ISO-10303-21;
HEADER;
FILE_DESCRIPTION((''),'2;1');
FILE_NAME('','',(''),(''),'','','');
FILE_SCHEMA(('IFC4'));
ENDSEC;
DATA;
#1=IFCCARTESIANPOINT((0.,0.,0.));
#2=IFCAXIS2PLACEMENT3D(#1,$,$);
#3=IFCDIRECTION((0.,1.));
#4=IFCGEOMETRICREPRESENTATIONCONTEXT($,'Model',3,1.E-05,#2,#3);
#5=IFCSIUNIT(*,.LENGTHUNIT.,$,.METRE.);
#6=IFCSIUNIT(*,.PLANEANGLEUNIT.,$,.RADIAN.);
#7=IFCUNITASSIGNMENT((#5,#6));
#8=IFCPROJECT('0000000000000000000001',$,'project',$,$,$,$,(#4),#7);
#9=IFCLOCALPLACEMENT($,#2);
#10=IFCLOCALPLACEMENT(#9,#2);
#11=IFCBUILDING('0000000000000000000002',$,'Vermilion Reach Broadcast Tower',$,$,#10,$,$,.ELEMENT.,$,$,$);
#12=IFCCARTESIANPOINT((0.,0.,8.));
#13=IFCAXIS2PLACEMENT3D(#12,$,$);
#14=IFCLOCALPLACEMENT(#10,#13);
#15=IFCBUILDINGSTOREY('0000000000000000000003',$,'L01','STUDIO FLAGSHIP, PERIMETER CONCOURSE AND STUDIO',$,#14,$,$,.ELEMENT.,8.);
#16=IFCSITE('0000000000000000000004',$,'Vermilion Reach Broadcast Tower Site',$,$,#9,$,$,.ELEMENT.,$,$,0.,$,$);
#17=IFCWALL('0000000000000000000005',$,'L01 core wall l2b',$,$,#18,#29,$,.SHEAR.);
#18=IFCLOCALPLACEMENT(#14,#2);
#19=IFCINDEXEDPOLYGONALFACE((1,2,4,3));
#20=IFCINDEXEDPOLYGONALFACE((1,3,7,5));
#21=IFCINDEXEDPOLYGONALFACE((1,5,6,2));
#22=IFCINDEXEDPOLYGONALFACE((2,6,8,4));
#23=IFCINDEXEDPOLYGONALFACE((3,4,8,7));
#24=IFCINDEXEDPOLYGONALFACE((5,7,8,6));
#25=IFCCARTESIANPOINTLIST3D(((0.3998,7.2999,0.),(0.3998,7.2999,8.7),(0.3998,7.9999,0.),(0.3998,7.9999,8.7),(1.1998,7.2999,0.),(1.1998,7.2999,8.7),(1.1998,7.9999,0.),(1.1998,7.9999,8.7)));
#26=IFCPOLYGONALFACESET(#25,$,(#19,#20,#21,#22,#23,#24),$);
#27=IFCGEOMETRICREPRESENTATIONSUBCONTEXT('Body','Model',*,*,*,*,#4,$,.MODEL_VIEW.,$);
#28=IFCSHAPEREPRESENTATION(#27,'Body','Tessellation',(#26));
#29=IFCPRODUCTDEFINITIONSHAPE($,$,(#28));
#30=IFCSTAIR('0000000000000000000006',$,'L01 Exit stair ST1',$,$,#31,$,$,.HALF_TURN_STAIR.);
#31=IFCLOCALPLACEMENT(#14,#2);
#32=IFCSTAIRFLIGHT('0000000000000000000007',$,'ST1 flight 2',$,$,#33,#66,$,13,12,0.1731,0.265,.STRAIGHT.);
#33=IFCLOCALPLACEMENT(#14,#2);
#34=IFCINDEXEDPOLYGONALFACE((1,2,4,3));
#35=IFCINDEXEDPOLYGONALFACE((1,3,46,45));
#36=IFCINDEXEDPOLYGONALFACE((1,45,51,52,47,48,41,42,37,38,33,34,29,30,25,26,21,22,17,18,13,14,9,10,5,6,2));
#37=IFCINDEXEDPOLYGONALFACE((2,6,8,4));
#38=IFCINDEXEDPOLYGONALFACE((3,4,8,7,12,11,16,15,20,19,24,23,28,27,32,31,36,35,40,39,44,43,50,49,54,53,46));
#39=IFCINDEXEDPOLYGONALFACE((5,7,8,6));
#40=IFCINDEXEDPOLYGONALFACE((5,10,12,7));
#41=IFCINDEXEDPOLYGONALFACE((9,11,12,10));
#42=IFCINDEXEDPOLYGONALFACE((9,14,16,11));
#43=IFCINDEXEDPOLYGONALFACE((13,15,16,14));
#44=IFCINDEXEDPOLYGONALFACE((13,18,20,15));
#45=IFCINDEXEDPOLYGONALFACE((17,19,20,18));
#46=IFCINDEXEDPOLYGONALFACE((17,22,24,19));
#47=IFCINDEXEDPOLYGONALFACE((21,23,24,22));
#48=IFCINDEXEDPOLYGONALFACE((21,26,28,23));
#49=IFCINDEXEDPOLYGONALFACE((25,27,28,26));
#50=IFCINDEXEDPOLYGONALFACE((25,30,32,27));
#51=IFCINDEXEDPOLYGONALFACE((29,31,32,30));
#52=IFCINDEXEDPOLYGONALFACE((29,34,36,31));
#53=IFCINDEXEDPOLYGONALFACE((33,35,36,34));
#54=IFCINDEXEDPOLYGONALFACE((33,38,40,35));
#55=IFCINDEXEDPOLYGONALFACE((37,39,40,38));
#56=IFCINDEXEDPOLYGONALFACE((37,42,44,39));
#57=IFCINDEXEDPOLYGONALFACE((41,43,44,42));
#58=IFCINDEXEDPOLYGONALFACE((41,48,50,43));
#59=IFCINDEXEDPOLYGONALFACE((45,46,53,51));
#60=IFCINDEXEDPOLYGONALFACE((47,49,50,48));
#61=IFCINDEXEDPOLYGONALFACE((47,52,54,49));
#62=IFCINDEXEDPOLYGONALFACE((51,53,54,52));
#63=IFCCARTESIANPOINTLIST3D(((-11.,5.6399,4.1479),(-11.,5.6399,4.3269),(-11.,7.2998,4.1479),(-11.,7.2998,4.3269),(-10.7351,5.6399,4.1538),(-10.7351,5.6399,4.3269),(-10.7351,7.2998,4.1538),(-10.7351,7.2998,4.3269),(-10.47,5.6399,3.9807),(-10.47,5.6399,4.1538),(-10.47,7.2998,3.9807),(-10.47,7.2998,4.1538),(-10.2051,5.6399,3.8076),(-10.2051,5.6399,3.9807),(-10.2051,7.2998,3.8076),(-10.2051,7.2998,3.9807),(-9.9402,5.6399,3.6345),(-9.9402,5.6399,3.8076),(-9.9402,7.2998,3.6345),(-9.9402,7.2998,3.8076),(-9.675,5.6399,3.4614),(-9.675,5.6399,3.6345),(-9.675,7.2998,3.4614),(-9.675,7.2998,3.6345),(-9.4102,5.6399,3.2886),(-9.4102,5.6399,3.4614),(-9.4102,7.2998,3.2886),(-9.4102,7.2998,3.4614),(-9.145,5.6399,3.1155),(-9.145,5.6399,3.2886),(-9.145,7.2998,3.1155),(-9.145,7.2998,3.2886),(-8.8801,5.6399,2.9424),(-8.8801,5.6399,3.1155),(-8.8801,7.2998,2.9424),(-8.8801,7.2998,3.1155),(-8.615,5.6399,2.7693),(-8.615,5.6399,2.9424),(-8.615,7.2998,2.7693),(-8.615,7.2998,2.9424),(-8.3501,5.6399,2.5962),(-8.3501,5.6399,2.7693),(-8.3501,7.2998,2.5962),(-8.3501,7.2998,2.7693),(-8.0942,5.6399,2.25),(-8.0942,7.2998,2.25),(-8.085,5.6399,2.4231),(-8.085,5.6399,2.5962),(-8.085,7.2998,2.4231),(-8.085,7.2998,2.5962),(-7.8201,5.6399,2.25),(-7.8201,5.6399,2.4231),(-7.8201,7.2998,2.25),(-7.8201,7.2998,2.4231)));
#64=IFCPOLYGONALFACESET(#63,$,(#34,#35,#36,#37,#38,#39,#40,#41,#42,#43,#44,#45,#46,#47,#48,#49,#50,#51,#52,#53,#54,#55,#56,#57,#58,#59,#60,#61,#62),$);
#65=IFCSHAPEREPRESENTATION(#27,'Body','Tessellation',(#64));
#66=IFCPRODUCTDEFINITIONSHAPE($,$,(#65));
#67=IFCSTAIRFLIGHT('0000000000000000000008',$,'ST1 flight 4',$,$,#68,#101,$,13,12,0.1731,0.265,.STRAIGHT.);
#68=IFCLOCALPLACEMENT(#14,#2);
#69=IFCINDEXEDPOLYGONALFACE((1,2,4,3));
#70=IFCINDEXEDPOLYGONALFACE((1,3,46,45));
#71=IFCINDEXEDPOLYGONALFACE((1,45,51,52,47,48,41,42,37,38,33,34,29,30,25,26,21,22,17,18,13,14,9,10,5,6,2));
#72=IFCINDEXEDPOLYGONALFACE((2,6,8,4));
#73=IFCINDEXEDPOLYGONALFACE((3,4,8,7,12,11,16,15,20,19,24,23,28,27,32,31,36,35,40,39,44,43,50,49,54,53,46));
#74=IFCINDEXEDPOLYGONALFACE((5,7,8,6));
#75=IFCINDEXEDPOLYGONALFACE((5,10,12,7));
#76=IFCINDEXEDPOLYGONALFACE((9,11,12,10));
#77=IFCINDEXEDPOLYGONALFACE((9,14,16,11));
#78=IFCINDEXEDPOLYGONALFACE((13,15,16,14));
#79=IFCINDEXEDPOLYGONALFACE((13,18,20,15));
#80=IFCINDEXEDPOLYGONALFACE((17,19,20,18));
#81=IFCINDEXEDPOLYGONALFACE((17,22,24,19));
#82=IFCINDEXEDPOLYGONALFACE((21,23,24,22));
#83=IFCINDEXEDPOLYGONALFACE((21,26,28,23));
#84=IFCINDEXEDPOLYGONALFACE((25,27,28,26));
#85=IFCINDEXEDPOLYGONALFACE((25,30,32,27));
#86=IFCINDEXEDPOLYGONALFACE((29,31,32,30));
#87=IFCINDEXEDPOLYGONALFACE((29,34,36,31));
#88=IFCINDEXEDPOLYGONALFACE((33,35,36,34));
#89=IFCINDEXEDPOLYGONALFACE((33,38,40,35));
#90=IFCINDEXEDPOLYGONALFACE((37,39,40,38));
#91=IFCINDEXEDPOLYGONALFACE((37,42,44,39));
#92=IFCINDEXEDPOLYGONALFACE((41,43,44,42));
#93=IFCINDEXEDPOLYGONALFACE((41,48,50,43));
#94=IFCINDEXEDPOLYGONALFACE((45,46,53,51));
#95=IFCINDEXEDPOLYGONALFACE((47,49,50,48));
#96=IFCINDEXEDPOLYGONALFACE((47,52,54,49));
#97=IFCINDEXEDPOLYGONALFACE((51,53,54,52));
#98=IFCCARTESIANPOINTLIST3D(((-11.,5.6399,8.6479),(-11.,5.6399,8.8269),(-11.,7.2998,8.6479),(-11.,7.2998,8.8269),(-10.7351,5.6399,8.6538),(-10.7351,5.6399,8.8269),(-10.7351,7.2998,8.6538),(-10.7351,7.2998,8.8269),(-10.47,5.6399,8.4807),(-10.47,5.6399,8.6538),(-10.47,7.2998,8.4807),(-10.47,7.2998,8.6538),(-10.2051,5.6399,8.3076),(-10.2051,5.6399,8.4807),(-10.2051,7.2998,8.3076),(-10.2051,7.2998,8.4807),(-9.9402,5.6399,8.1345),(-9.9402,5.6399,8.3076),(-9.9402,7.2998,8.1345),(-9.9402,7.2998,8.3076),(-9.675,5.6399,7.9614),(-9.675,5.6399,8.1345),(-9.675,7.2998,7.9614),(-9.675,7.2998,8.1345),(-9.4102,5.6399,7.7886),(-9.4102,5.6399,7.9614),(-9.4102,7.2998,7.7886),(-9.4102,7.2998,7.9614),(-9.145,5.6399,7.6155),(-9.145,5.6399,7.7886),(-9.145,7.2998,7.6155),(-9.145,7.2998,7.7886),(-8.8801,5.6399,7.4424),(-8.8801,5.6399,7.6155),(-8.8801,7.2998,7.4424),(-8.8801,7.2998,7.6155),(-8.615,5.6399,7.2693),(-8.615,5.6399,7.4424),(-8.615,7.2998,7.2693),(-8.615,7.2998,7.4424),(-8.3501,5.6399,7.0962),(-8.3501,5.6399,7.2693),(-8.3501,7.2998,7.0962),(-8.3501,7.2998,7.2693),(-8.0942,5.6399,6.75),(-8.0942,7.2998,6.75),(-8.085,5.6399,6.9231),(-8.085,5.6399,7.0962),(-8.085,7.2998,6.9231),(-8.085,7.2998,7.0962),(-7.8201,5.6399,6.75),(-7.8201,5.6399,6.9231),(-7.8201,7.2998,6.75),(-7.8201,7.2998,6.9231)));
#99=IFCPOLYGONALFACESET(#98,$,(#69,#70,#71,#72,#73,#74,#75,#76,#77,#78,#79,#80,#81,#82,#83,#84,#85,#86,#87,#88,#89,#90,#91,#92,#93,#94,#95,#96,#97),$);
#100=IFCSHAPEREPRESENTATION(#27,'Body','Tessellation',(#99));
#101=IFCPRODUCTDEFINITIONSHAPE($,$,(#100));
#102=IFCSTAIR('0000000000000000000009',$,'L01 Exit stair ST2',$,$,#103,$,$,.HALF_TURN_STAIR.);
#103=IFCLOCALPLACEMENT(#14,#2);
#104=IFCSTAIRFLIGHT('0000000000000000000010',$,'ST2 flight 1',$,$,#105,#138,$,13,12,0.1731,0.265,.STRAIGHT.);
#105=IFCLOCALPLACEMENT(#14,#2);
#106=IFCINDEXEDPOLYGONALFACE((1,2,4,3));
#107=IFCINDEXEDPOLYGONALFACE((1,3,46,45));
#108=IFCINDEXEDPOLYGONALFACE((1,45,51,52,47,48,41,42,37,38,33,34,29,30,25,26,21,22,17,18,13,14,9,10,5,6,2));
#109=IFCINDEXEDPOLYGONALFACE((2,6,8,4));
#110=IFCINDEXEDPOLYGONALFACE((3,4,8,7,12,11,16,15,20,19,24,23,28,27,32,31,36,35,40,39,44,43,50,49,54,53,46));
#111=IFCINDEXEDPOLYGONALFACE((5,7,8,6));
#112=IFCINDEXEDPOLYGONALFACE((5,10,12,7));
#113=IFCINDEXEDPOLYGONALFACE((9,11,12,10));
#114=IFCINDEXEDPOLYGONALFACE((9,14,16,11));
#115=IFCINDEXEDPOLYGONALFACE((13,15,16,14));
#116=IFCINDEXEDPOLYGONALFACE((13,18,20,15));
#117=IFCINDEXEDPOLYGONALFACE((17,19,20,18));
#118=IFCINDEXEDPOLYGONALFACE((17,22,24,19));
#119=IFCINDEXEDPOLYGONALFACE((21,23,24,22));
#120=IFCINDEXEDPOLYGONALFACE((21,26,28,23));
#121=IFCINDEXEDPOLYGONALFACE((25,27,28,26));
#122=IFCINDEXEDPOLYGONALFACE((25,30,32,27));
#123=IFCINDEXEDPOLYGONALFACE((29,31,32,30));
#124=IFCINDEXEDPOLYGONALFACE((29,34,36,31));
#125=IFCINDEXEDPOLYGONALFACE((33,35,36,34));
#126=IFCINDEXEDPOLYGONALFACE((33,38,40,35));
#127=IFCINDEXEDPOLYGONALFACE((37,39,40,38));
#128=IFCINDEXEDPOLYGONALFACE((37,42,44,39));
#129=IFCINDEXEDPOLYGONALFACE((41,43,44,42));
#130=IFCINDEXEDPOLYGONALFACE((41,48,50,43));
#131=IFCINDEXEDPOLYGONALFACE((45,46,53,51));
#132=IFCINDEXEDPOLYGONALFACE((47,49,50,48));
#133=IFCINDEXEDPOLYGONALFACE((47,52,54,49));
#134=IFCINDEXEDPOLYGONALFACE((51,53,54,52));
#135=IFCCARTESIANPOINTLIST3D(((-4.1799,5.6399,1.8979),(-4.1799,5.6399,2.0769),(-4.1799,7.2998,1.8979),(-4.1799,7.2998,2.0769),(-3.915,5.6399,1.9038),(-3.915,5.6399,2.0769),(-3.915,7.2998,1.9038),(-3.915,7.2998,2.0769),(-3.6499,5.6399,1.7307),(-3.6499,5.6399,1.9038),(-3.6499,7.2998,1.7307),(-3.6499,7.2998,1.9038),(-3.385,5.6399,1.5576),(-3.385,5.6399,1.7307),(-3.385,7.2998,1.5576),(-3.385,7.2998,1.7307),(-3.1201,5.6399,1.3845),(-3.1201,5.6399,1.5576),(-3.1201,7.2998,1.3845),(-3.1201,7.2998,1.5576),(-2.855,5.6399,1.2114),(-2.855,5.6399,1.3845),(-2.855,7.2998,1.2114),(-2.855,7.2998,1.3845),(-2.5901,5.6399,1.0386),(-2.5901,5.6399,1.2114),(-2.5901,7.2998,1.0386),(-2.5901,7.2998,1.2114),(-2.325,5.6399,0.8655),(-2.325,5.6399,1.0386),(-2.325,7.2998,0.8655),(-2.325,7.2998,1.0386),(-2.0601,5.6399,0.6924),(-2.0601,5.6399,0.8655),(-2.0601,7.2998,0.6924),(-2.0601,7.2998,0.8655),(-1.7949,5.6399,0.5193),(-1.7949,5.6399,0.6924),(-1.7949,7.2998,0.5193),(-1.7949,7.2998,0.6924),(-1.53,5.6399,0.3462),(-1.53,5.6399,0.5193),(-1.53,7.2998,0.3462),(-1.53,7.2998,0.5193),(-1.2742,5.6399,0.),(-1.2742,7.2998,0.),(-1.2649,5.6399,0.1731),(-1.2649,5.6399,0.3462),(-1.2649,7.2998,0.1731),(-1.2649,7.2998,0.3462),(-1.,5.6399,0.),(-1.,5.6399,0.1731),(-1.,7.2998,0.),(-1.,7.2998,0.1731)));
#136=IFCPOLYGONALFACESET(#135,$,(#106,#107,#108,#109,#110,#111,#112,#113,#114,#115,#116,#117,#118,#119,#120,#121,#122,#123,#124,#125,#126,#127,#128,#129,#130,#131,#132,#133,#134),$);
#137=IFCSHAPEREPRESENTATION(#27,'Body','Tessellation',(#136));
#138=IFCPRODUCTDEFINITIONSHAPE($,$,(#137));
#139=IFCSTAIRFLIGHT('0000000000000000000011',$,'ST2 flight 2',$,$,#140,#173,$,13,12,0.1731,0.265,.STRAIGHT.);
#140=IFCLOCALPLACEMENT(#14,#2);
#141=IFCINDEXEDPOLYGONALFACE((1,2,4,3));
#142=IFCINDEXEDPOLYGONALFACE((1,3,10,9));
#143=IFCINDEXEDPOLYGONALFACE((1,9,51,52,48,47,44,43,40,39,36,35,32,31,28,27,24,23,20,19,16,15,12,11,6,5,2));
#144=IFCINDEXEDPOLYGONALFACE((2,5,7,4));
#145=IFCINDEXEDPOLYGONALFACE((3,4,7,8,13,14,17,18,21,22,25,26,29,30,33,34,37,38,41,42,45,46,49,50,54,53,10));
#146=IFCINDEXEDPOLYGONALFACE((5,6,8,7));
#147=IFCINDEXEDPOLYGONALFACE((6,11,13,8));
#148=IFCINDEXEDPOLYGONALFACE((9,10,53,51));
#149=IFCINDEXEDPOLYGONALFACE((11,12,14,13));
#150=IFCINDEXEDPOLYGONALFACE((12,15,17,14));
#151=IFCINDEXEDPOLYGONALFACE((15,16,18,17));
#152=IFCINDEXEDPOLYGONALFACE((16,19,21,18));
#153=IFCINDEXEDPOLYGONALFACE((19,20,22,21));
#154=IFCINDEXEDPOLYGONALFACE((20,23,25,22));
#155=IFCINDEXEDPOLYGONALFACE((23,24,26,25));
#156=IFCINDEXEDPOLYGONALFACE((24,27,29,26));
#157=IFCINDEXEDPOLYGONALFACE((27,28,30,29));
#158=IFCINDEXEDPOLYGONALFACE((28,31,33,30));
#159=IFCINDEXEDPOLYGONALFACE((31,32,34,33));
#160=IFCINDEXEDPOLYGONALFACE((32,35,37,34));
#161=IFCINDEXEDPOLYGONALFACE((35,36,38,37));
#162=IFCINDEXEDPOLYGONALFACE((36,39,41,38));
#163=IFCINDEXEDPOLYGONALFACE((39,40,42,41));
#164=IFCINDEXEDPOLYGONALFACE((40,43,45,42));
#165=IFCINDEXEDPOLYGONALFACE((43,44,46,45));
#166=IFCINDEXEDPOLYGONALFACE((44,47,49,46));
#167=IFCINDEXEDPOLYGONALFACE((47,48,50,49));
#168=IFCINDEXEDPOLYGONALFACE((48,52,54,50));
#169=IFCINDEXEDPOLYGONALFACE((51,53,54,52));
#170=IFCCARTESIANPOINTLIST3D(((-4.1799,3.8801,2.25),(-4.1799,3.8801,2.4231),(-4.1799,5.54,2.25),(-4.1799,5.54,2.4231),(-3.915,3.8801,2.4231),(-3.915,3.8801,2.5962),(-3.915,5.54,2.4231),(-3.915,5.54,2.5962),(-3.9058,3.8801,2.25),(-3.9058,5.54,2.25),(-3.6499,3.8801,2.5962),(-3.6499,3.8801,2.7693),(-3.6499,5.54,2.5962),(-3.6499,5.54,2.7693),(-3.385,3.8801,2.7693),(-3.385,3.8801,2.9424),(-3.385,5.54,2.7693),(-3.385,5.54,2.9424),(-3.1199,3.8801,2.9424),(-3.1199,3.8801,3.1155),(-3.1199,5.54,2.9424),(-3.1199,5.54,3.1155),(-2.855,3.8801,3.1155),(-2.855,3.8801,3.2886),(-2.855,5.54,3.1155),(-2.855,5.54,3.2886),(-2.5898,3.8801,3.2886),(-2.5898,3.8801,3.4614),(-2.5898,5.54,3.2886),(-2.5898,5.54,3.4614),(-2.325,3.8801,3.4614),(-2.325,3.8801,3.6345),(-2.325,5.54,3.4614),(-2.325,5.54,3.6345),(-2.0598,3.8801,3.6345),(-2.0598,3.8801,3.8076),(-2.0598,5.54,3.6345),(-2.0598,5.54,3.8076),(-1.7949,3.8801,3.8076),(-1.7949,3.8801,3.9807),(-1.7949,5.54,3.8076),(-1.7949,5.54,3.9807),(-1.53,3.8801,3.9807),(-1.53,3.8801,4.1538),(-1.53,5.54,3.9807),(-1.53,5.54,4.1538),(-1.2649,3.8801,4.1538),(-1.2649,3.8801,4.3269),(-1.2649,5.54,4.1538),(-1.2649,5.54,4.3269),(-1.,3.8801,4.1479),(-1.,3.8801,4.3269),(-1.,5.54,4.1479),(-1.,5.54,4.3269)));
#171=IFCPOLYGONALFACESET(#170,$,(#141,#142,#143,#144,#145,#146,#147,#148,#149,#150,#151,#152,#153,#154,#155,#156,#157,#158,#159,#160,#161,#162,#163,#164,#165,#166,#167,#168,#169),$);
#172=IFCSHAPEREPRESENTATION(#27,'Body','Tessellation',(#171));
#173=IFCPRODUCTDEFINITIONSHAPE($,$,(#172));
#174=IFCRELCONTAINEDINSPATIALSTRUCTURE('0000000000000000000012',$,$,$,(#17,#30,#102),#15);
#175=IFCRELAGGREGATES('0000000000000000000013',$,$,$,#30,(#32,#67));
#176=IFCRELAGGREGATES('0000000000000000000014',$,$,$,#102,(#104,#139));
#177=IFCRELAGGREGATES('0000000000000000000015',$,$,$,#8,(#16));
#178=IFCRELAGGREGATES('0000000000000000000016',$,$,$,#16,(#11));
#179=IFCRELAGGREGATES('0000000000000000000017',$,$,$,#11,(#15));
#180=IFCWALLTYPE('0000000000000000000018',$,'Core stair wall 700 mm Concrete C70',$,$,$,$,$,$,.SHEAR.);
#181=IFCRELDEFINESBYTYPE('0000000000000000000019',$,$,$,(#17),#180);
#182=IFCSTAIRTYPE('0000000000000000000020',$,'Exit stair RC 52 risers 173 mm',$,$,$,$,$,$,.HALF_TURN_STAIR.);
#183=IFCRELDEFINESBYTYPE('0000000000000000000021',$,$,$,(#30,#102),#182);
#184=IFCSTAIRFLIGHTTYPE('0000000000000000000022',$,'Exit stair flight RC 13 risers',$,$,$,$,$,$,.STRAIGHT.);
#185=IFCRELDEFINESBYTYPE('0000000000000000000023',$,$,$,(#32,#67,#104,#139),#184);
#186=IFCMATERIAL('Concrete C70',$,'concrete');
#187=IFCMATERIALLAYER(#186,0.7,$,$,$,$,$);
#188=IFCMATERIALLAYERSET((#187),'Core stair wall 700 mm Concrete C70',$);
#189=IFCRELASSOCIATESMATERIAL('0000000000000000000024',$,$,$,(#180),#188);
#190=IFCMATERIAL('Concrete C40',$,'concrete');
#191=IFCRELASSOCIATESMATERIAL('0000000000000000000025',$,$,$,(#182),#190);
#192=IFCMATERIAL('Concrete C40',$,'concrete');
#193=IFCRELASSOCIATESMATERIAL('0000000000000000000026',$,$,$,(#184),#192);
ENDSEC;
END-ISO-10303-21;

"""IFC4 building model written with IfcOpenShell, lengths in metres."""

from ifc_helpers import new_model, si_unit, direction, frame, frame_2d, origin, place, context, subcontext, project, spatial, polyline, rectangle, outline, extrude, material, layer, layer_set, type_object, element, aggregate, save


model = new_model("IFC4")

# Units and contexts
model_context = context("Model", 3, precision=1e-05, world=origin(), true_north=direction((0.0, 1.0)))
body_context = subcontext(model_context, "Body", "Model", "MODEL_VIEW")
ifc_project = project(units=[si_unit("LENGTHUNIT", "METRE"), si_unit("PLANEANGLEUNIT", "RADIAN")], contexts=[model_context])

# Site, building, storey
site_placement = place(None, origin())
site = spatial("IfcSite", under=ifc_project, at=site_placement, Name="Vermilion Reach Broadcast Tower Site", CompositionType="ELEMENT", RefElevation=0.0)
building_placement = place(site_placement, origin())
building = spatial("IfcBuilding", under=site, at=building_placement, Name="Vermilion Reach Broadcast Tower", CompositionType="ELEMENT")
storey_placement = place(building_placement, frame((0.0, 0.0, 8.0)))
storey = spatial("IfcBuildingStorey", under=building, at=storey_placement, Name="L01", Description="STUDIO FLAGSHIP, PERIMETER CONCOURSE AND STUDIO", CompositionType="ELEMENT", Elevation=8.0)

# Wall
ifc_material_1 = material(Name="Concrete C70", Category="concrete")
ifc_layer_1 = layer(ifc_material_1, 0.7)
ifc_layer_set_1 = layer_set([ifc_layer_1], Name="Core stair wall 700 mm Concrete C70")
wall_type_1 = type_object("IfcWallType", Name="Core stair wall 700 mm Concrete C70", PredefinedType="SHEAR", material=ifc_layer_set_1)
wall_1_placement = place(storey_placement, frame((0.3999, 7.6499, 0.0), z_axis=(0.0, 0.0, 1.0), x_axis=(1.0, 0.0, 0.0)))
element("IfcWall", 1, at=wall_1_placement, inside=storey, type_object=wall_type_1, Name="L01 core wall l2b", PredefinedType="SHEAR", context=body_context, shape_type="SweptSolid", body=[
    extrude(rectangle(XDim=0.8, YDim=0.7, at=frame_2d((0.3999, 0.0))), origin(), (0.0, 0.0, 1.0), 8.7),
])

# Stairs, stair flights
ifc_material_2 = material(Name="Concrete C40", Category="concrete")
stair_type = type_object("IfcStairType", Name="Exit stair RC 52 risers 173 mm", PredefinedType="HALF_TURN_STAIR", material=ifc_material_2)
placement = place(storey_placement, origin())
stair_1 = element("IfcStair", 2, at=placement, inside=storey, type_object=stair_type, Name="L01 Exit stair ST1", PredefinedType="HALF_TURN_STAIR")
ifc_material_3 = material(Name="Concrete C40", Category="concrete")
stair_flight_type = type_object("IfcStairFlightType", Name="Exit stair flight RC 13 risers", PredefinedType="STRAIGHT", material=ifc_material_3)
stair_flight_1_placement = place(storey_placement, frame((-7.8201, 6.47, 2.25), z_axis=(0.0, 0.0, 1.0), x_axis=(-1.0, 0.0, 0.0)))
stair_flight_1 = element("IfcStairFlight", 3, at=stair_flight_1_placement, type_object=stair_flight_type, Name="ST1 flight 2", NumberOfRisers=13, NumberOfTreads=12, PredefinedType="STRAIGHT", RiserHeight=0.1731, TreadLength=0.265, context=body_context, shape_type="SweptSolid", body=[
    extrude(outline(polyline([(0.0, 0.0), (0.0, 0.1731), (0.2649, 0.1731), (0.2649, 0.3462), (0.53, 0.3462), (0.53, 0.5193), (0.7949, 0.5193), (0.7949, 0.6924), (1.0601, 0.6924), (1.0601, 0.8655), (1.325, 0.8655), (1.325, 1.0386), (1.5901, 1.0386), (1.5901, 1.2114), (1.855, 1.2114), (1.855, 1.3845), (2.1201, 1.3845), (2.1201, 1.5576), (2.385, 1.5576), (2.385, 1.7307), (2.6499, 1.7307), (2.6499, 1.9038), (2.915, 1.9038), (2.915, 2.0769), (3.1799, 2.0769), (3.1799, 2.25), (3.1799, 1.8979), (0.2742, 0.0), (0.0, 0.0)])), frame((0.0, 0.8301, 0.0), z_axis=(0.0, -1.0, 0.0), x_axis=(1.0, 0.0, 0.0)), (0.0, 0.0, 1.0), 1.6599),
])
stair_flight_2_placement = place(storey_placement, frame((-7.8201, 6.47, 6.75), z_axis=(0.0, 0.0, 1.0), x_axis=(-1.0, 0.0, 0.0)))
stair_flight_2 = element("IfcStairFlight", 4, at=stair_flight_2_placement, type_object=stair_flight_type, Name="ST1 flight 4", NumberOfRisers=13, NumberOfTreads=12, PredefinedType="STRAIGHT", RiserHeight=0.1731, TreadLength=0.265, context=body_context, shape_type="SweptSolid", body=[
    extrude(outline(polyline([(0.0, 0.0), (0.0, 0.1731), (0.2649, 0.1731), (0.2649, 0.3462), (0.53, 0.3462), (0.53, 0.5193), (0.7949, 0.5193), (0.7949, 0.6924), (1.0601, 0.6924), (1.0601, 0.8655), (1.325, 0.8655), (1.325, 1.0386), (1.5901, 1.0386), (1.5901, 1.2114), (1.855, 1.2114), (1.855, 1.3845), (2.1201, 1.3845), (2.1201, 1.5576), (2.385, 1.5576), (2.385, 1.7307), (2.6499, 1.7307), (2.6499, 1.9038), (2.915, 1.9038), (2.915, 2.0769), (3.1799, 2.0769), (3.1799, 2.25), (3.1799, 1.8979), (0.2742, 0.0), (0.0, 0.0)])), frame((0.0, 0.8301, 0.0), z_axis=(0.0, -1.0, 0.0), x_axis=(1.0, 0.0, 0.0)), (0.0, 0.0, 1.0), 1.6599),
])
aggregate(stair_1, [stair_flight_1, stair_flight_2])
stair_2 = element("IfcStair", 5, at=placement, inside=storey, type_object=stair_type, Name="L01 Exit stair ST2", PredefinedType="HALF_TURN_STAIR")
stair_flight_3_placement = place(storey_placement, frame((-1.0, 6.47, 0.0), z_axis=(0.0, 0.0, 1.0), x_axis=(-1.0, 0.0, 0.0)))
stair_flight_3 = element("IfcStairFlight", 6, at=stair_flight_3_placement, type_object=stair_flight_type, Name="ST2 flight 1", NumberOfRisers=13, NumberOfTreads=12, PredefinedType="STRAIGHT", RiserHeight=0.1731, TreadLength=0.265, context=body_context, shape_type="SweptSolid", body=[
    extrude(outline(polyline([(0.0, 0.0), (0.0, 0.1731), (0.2649, 0.1731), (0.2649, 0.3462), (0.53, 0.3462), (0.53, 0.5193), (0.7949, 0.5193), (0.7949, 0.6924), (1.0601, 0.6924), (1.0601, 0.8655), (1.325, 0.8655), (1.325, 1.0386), (1.5901, 1.0386), (1.5901, 1.2114), (1.855, 1.2114), (1.855, 1.3845), (2.1201, 1.3845), (2.1201, 1.5576), (2.385, 1.5576), (2.385, 1.7307), (2.6499, 1.7307), (2.6499, 1.9038), (2.915, 1.9038), (2.915, 2.0769), (3.1799, 2.0769), (3.1799, 2.25), (3.1799, 1.8979), (0.2742, 0.0), (0.0, 0.0)])), frame((0.0, 0.8301, 0.0), z_axis=(0.0, -1.0, 0.0), x_axis=(1.0, 0.0, 0.0)), (0.0, 0.0, 1.0), 1.6599),
])
stair_flight_4_placement = place(storey_placement, frame((-4.1799, 4.71, 2.25), z_axis=(0.0, 0.0, 1.0), x_axis=(1.0, 0.0, 0.0)))
stair_flight_4 = element("IfcStairFlight", 7, at=stair_flight_4_placement, type_object=stair_flight_type, Name="ST2 flight 2", NumberOfRisers=13, NumberOfTreads=12, PredefinedType="STRAIGHT", RiserHeight=0.1731, TreadLength=0.265, context=body_context, shape_type="SweptSolid", body=[
    extrude(outline(polyline([(0.0, 0.0), (0.0, 0.1731), (0.2649, 0.1731), (0.2649, 0.3462), (0.53, 0.3462), (0.53, 0.5193), (0.7949, 0.5193), (0.7949, 0.6924), (1.0601, 0.6924), (1.0601, 0.8655), (1.325, 0.8655), (1.325, 1.0386), (1.5901, 1.0386), (1.5901, 1.2114), (1.855, 1.2114), (1.855, 1.3845), (2.1201, 1.3845), (2.1201, 1.5576), (2.385, 1.5576), (2.385, 1.7307), (2.6499, 1.7307), (2.6499, 1.9038), (2.915, 1.9038), (2.915, 2.0769), (3.1799, 2.0769), (3.1799, 2.25), (3.1799, 1.8979), (0.2742, 0.0), (0.0, 0.0)])), frame((0.0, 0.8301, 0.0), z_axis=(0.0, -1.0, 0.0), x_axis=(1.0, 0.0, 0.0)), (0.0, 0.0, 1.0), 1.6599),
])
aggregate(stair_2, [stair_flight_3, stair_flight_4])

save(model, "model.ifc")
